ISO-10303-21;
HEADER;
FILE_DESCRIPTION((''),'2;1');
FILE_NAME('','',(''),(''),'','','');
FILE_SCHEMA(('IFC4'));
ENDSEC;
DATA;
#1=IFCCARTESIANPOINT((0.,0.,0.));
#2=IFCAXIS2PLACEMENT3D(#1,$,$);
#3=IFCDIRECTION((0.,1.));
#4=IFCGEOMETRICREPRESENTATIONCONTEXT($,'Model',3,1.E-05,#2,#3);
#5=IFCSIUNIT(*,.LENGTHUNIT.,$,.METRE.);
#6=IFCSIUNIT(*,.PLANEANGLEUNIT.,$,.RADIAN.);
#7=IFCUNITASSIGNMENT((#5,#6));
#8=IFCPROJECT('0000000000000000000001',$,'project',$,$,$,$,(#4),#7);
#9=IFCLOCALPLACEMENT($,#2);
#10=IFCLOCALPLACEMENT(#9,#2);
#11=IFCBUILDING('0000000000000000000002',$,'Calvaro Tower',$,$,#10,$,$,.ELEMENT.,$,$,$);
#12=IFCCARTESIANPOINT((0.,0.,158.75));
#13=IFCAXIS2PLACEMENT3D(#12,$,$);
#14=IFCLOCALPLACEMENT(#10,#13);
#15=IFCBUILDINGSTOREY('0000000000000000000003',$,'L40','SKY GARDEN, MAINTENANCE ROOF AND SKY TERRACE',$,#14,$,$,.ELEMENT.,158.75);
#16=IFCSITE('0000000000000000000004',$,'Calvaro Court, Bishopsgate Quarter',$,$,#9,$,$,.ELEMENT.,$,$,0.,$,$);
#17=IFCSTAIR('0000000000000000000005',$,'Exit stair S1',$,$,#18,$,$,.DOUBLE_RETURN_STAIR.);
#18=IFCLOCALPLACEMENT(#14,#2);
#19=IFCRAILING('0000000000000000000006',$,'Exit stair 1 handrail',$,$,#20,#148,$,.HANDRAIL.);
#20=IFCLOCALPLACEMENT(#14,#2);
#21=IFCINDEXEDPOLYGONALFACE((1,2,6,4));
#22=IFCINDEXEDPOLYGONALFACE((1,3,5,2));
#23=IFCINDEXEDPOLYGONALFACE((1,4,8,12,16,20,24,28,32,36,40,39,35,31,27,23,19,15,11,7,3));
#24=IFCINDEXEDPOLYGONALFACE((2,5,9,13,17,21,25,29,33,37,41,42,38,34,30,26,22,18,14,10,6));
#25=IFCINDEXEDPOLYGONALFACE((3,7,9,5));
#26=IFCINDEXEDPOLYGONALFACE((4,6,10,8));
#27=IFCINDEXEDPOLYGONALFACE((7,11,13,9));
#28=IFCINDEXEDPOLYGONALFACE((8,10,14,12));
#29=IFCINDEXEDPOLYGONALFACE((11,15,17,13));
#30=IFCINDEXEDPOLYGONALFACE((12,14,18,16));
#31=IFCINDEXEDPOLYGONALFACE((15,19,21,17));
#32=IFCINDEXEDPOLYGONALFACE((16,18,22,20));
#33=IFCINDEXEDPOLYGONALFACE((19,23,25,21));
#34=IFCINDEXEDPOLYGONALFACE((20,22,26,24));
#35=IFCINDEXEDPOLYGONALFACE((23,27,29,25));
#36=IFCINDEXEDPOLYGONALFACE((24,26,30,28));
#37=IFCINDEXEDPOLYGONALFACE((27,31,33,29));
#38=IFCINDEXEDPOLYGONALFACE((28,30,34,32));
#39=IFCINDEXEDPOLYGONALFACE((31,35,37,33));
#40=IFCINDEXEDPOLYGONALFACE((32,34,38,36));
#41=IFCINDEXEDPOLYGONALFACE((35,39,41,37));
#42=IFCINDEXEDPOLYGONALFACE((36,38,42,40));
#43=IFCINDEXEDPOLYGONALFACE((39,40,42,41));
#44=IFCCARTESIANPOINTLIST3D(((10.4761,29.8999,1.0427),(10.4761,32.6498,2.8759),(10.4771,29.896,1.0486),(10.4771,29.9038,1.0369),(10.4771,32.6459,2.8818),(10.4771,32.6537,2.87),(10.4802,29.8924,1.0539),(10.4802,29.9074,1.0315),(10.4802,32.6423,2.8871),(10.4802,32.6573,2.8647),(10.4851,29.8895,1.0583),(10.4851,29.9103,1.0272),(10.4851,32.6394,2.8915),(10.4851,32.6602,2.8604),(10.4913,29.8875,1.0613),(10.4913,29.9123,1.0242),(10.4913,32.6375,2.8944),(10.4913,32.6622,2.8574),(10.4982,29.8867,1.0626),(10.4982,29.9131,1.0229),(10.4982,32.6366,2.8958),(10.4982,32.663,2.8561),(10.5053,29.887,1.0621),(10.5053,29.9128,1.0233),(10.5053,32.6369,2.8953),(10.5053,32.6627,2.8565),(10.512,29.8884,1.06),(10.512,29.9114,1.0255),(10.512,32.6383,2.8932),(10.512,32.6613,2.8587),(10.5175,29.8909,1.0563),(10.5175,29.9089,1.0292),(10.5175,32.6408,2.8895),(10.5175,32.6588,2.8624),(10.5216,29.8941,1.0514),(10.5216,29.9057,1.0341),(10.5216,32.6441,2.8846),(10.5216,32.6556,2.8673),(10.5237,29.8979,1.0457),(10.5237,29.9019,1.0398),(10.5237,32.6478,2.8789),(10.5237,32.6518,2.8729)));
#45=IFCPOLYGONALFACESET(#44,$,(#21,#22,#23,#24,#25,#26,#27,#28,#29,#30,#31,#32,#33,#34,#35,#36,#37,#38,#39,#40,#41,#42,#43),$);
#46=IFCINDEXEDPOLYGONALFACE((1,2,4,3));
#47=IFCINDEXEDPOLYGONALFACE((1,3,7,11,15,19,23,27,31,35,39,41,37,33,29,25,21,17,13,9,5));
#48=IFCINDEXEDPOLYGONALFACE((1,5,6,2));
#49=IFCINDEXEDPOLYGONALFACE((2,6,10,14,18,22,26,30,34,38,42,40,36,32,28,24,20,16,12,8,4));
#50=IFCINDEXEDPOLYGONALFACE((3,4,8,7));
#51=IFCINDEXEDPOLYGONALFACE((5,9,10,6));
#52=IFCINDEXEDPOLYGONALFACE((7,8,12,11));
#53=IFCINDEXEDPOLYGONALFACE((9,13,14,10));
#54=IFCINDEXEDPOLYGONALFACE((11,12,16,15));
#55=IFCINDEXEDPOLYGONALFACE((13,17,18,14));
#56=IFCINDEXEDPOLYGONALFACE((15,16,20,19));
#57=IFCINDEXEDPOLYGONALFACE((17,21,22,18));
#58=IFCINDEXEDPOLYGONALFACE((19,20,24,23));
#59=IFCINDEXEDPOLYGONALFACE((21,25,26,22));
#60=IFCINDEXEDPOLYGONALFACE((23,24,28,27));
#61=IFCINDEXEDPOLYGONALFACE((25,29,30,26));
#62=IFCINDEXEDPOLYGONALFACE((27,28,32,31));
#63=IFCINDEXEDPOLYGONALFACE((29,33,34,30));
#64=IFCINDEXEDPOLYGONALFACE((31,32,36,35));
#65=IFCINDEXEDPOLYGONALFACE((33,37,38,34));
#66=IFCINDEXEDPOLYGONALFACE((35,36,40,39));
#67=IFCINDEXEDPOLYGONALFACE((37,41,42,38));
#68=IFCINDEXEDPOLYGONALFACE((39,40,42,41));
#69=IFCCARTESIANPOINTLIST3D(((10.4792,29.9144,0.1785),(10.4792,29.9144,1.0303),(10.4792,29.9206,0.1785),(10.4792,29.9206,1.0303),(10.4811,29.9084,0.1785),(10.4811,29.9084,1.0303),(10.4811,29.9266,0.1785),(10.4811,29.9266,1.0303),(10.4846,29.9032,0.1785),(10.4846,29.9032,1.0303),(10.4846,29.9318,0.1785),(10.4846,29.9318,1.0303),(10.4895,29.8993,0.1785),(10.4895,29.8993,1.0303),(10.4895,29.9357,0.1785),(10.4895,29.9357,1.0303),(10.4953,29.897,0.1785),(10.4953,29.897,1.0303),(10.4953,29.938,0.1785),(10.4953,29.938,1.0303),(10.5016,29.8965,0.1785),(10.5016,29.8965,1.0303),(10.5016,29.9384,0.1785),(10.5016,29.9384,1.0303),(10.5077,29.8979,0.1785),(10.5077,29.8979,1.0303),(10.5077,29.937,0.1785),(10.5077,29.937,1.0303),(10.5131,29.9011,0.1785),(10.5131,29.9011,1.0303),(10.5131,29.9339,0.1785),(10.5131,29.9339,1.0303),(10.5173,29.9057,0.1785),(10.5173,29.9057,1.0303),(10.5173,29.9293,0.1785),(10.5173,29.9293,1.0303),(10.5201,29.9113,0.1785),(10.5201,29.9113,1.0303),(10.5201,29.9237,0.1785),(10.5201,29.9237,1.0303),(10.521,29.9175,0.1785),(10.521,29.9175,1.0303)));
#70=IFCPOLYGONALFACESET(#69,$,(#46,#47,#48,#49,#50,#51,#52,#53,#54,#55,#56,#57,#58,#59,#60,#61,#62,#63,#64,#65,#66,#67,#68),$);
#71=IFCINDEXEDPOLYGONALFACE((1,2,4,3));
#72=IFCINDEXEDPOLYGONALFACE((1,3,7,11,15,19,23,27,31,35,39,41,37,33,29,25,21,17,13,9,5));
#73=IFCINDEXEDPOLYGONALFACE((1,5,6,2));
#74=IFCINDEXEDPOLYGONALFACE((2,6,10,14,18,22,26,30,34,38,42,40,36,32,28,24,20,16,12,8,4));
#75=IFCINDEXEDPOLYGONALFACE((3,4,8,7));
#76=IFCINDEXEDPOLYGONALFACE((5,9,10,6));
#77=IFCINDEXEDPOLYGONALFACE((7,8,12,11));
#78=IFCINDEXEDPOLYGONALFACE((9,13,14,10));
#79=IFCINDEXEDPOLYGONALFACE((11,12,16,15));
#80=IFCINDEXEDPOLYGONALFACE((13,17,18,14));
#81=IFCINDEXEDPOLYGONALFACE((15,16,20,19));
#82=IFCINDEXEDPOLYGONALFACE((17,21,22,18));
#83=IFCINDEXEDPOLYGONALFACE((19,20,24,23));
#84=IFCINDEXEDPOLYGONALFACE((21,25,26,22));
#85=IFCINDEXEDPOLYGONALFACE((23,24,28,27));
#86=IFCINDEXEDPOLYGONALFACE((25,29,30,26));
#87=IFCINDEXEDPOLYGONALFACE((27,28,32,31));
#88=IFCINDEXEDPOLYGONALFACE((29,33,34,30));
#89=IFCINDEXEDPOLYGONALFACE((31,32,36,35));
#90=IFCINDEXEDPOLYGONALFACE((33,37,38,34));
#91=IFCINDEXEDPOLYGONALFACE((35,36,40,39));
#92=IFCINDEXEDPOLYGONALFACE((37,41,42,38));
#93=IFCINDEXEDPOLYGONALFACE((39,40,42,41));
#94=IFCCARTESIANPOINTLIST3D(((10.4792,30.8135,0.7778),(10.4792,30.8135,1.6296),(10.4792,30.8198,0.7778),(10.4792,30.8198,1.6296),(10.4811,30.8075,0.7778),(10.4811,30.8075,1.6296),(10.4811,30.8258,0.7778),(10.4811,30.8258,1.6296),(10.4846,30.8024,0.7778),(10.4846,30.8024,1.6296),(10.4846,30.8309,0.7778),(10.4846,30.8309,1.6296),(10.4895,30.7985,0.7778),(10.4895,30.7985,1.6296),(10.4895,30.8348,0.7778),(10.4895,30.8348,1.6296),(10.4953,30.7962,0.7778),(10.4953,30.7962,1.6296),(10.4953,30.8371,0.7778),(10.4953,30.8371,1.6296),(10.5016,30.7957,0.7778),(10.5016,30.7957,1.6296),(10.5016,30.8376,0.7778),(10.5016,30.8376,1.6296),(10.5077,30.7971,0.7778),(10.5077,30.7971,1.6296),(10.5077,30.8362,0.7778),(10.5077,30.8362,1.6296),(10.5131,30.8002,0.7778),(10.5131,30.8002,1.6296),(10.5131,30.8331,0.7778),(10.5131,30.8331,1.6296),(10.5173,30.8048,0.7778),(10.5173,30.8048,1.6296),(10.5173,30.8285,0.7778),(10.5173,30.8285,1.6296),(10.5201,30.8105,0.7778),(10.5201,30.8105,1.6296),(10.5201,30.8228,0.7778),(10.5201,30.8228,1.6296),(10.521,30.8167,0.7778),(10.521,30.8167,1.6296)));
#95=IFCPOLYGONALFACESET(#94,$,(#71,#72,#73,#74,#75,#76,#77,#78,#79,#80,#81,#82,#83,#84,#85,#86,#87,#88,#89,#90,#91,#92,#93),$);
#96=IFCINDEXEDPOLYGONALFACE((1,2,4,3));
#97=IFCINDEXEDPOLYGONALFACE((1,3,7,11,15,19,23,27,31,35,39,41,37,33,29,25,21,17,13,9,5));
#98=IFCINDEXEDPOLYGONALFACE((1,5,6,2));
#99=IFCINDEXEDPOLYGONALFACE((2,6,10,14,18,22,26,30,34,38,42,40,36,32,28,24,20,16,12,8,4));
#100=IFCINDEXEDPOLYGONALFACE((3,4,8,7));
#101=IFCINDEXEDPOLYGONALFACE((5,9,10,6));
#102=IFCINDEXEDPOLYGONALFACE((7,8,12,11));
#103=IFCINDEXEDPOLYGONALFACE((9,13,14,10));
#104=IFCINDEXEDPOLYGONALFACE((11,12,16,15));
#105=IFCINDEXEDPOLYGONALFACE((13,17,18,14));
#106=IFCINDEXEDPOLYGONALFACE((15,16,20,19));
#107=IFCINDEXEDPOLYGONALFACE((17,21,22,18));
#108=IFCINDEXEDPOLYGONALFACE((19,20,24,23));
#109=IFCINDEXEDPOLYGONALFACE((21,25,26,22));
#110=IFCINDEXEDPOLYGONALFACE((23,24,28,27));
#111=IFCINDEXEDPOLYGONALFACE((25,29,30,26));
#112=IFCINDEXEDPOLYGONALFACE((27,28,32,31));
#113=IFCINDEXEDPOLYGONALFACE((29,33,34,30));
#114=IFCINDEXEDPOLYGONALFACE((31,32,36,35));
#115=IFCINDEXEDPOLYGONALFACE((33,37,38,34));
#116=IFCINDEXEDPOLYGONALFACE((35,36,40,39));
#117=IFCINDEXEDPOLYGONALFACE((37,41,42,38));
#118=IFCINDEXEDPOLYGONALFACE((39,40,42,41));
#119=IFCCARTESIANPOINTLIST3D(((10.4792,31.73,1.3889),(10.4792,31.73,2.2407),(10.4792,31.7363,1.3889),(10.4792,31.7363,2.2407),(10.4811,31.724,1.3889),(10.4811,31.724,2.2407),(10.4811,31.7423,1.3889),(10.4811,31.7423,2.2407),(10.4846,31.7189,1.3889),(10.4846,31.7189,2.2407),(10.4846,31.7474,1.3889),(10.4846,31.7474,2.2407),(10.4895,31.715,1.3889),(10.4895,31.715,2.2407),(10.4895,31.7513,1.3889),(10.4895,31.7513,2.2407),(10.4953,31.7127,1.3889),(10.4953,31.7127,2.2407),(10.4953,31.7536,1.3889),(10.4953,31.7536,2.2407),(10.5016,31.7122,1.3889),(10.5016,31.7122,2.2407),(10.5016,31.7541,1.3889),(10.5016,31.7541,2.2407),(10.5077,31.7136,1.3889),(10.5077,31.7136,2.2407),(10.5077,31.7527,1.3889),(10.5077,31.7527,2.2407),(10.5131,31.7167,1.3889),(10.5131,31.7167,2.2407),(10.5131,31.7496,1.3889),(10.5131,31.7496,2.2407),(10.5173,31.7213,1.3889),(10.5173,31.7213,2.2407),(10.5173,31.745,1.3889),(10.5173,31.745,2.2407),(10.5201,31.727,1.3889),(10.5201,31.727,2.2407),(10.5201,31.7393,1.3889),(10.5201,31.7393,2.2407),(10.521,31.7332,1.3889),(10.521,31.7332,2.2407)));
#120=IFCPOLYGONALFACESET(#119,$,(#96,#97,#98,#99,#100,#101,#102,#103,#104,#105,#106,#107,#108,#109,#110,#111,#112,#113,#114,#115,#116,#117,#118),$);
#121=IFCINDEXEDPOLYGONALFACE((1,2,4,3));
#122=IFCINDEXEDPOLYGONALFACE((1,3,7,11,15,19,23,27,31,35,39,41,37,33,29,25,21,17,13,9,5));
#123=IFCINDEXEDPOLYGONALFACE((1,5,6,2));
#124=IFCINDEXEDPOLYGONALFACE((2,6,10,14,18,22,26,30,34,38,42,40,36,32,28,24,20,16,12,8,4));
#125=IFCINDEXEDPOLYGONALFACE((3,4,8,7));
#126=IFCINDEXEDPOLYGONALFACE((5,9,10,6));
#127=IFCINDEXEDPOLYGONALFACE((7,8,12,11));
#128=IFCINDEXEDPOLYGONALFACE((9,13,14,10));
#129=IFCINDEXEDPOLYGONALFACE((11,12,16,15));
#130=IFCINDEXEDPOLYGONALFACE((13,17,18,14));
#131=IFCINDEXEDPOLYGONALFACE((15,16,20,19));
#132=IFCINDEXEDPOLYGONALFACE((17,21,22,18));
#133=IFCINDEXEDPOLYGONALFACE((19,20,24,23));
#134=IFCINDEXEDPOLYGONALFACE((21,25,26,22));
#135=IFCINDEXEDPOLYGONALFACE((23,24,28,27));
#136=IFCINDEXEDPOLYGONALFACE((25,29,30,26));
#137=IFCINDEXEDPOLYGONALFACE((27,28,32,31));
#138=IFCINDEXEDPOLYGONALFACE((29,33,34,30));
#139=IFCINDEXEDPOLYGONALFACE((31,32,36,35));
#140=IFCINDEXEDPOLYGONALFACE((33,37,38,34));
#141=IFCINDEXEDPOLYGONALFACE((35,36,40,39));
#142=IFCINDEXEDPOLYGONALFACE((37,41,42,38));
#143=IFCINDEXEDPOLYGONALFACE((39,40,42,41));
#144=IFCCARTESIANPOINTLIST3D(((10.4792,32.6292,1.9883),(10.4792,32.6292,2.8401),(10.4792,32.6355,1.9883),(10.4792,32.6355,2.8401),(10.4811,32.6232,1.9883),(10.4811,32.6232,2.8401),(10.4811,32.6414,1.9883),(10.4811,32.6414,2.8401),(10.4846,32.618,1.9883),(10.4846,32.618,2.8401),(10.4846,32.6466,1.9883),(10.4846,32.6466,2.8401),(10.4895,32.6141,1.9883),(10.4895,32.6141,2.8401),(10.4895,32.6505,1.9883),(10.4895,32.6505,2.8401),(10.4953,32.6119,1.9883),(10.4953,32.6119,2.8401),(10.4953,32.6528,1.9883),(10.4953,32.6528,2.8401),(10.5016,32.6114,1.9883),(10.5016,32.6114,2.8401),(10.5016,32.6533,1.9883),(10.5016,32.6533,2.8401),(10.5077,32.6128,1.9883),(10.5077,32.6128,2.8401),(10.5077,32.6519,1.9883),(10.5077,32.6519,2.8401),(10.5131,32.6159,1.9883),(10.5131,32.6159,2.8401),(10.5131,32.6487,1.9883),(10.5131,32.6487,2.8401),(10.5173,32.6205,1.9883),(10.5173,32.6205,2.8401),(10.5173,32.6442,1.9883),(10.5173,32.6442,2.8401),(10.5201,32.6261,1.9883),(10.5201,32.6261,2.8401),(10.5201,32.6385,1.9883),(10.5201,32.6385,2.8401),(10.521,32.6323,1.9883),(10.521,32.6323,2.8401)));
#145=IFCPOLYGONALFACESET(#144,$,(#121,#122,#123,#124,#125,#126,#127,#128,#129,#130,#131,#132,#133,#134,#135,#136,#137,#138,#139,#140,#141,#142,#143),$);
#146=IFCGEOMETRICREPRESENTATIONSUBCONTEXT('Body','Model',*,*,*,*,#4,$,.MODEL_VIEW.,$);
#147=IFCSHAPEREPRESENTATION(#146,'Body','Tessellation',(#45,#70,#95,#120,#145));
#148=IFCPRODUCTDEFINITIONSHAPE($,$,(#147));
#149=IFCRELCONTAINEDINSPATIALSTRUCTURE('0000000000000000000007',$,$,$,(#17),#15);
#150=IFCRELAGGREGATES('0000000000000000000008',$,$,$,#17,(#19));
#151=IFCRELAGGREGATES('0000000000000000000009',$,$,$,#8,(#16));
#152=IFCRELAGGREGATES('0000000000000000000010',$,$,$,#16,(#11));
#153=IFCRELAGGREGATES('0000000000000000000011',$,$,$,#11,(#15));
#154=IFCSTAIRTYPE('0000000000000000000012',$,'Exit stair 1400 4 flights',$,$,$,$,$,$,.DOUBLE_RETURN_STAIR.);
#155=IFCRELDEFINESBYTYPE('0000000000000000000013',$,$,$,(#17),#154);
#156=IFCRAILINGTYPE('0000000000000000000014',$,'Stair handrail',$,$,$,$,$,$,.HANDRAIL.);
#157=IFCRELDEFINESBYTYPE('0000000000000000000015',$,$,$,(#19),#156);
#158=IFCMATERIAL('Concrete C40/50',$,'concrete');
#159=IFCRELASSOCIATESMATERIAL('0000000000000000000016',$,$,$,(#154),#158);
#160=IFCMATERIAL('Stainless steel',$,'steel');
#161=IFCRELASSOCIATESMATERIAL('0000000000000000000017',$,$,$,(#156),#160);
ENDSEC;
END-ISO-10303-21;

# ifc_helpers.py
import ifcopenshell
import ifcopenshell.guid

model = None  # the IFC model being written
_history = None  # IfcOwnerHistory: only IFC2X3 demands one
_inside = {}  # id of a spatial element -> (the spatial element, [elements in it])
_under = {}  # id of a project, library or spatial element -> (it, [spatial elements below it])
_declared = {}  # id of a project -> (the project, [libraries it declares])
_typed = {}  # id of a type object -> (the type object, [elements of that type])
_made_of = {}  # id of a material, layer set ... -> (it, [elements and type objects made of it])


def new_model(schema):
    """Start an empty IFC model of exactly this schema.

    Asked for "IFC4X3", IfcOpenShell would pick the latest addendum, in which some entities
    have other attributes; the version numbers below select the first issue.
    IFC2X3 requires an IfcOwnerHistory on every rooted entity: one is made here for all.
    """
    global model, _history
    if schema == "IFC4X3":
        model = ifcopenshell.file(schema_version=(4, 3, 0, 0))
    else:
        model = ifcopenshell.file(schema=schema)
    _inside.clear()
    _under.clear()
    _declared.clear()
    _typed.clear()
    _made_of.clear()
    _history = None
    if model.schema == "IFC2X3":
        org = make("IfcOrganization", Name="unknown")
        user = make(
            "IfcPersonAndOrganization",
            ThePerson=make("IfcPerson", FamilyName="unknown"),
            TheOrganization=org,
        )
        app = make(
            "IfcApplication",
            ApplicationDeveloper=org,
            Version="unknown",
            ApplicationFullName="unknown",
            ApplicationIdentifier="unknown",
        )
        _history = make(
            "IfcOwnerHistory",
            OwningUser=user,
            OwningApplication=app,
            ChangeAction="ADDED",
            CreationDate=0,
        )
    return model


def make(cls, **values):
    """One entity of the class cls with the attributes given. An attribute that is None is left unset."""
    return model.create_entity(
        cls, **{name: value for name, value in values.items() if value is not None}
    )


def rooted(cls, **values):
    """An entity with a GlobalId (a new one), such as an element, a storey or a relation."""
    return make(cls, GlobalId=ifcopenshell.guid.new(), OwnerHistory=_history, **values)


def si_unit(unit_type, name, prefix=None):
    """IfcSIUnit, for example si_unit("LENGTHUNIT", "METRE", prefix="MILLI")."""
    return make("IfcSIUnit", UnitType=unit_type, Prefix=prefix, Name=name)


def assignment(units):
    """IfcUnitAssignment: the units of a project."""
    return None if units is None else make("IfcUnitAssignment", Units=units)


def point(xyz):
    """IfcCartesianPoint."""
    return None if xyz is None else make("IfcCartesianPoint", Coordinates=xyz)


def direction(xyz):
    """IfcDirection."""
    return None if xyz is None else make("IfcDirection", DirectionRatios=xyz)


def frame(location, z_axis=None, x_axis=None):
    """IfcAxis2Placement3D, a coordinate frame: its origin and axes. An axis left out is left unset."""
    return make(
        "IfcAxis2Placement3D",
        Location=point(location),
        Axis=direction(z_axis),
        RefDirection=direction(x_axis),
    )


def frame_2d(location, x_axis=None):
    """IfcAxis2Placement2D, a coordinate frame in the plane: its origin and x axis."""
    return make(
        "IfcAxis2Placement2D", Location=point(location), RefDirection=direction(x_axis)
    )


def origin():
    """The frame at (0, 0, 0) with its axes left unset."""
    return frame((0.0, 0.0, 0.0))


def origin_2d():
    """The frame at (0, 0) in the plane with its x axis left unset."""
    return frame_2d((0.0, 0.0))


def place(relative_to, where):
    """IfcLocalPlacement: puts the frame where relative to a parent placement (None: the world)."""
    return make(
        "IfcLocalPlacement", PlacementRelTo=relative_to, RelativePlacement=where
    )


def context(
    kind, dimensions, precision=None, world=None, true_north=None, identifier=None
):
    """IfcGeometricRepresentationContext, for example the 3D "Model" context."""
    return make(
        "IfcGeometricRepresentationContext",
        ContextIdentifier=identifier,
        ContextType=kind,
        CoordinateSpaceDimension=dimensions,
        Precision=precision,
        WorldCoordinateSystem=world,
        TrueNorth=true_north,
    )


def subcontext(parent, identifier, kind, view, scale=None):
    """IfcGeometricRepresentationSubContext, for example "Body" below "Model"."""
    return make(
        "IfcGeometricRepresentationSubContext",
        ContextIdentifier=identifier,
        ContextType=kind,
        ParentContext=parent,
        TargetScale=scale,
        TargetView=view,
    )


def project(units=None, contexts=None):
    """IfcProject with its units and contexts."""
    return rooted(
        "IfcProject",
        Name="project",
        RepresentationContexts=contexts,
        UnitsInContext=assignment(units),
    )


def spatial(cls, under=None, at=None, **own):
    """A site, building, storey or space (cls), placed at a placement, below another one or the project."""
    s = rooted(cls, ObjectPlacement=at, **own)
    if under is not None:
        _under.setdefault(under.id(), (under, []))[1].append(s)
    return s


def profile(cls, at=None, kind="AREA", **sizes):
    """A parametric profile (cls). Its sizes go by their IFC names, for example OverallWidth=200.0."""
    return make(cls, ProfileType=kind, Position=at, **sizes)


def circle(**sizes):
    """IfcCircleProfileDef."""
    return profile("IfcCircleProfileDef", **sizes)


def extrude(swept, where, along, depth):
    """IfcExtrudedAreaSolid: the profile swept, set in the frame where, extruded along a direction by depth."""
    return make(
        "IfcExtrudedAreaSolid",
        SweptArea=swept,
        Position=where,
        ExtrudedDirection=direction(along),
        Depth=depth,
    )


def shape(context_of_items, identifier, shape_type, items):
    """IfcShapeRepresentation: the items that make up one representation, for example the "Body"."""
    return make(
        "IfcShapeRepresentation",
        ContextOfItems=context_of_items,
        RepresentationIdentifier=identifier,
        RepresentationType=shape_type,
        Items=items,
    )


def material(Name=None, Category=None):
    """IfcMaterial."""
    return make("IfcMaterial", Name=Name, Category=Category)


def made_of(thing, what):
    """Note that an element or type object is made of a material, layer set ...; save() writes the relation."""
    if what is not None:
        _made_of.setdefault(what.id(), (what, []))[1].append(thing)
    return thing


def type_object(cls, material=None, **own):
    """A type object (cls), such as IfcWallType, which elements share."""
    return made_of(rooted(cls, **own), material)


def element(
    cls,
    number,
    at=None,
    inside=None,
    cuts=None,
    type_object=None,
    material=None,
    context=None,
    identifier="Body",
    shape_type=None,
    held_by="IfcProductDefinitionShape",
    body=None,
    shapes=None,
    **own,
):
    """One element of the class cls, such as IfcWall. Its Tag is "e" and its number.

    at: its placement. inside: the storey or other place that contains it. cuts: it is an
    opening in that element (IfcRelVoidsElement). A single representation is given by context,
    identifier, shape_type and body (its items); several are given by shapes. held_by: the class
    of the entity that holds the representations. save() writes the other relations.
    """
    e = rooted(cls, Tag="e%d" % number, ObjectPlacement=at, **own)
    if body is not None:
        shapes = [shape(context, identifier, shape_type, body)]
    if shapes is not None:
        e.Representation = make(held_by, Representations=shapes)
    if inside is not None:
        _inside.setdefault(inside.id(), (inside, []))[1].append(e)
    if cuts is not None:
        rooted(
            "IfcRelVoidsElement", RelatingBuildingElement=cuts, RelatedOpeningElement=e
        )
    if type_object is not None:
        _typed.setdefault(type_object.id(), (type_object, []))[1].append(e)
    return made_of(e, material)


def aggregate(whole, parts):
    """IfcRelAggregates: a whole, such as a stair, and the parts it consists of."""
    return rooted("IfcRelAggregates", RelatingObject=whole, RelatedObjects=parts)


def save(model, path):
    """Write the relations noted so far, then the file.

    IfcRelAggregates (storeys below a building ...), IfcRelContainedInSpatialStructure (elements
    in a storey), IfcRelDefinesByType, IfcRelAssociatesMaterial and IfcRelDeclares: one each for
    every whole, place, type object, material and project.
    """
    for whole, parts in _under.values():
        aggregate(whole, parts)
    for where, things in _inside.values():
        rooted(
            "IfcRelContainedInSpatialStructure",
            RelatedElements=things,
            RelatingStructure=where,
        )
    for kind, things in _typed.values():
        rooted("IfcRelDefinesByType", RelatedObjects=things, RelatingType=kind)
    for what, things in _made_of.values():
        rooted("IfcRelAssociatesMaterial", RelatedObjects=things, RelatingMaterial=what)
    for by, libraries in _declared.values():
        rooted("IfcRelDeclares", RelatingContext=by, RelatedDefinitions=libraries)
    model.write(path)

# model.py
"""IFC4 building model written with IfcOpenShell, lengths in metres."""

from ifc_helpers import new_model, si_unit, direction, frame, origin, origin_2d, place, context, subcontext, project, spatial, circle, extrude, material, type_object, element, aggregate, save


model = new_model("IFC4")

# Units and contexts
model_context = context("Model", 3, precision=1e-05, world=origin(), true_north=direction((0.0, 1.0)))
body_context = subcontext(model_context, "Body", "Model", "MODEL_VIEW")
ifc_project = project(units=[si_unit("LENGTHUNIT", "METRE"), si_unit("PLANEANGLEUNIT", "RADIAN")], contexts=[model_context])

# Site, building, storey
site_placement = place(None, origin())
site = spatial("IfcSite", under=ifc_project, at=site_placement, Name="Calvaro Court, Bishopsgate Quarter", CompositionType="ELEMENT", RefElevation=0.0)
building_placement = place(site_placement, origin())
building = spatial("IfcBuilding", under=site, at=building_placement, Name="Calvaro Tower", CompositionType="ELEMENT")
storey_placement = place(building_placement, frame((0.0, 0.0, 158.75)))
storey = spatial("IfcBuildingStorey", under=building, at=storey_placement, Name="L40", Description="SKY GARDEN, MAINTENANCE ROOF AND SKY TERRACE", CompositionType="ELEMENT", Elevation=158.75)

# Stair, railing
ifc_material_1 = material(Name="Concrete C40/50", Category="concrete")
stair_type = type_object("IfcStairType", Name="Exit stair 1400 4 flights", PredefinedType="DOUBLE_RETURN_STAIR", material=ifc_material_1)
stair_placement = place(storey_placement, origin())
stair = element("IfcStair", 1, at=stair_placement, inside=storey, type_object=stair_type, Name="Exit stair S1", PredefinedType="DOUBLE_RETURN_STAIR")
ifc_material_2 = material(Name="Stainless steel", Category="steel")
railing_type = type_object("IfcRailingType", Name="Stair handrail", PredefinedType="HANDRAIL", material=ifc_material_2)
railing_1_placement = place(storey_placement, frame((10.5, 29.8999, 0.1667)))
railing_1 = element("IfcRailing", 2, at=railing_1_placement, type_object=railing_type, Name="Exit stair 1 handrail", PredefinedType="HANDRAIL", context=body_context, shape_type="SweptSolid", body=[
    extrude(circle(Radius=0.0239, at=origin_2d()), frame((0.0, 0.0, 0.876), z_axis=(0.0, 0.832062, 0.554683), x_axis=(-1.0, 0.0, 0.0)), (0.0, 0.0, 1.0), 3.3049),
    extrude(circle(Radius=0.021, at=origin_2d()), frame((0.0, 0.0176, 0.0117)), (0.0, 0.0, 1.0), 0.8518),
    extrude(circle(Radius=0.021, at=origin_2d()), frame((0.0, 0.9167, 0.6111)), (0.0, 0.0, 1.0), 0.8518),
    extrude(circle(Radius=0.021, at=origin_2d()), frame((0.0, 1.8333, 1.2222)), (0.0, 0.0, 1.0), 0.8518),
    extrude(circle(Radius=0.021, at=origin_2d()), frame((0.0, 2.7324, 1.8215)), (0.0, 0.0, 1.0), 0.8518),
])
aggregate(stair, [railing_1])

save(model, "model.ifc")
